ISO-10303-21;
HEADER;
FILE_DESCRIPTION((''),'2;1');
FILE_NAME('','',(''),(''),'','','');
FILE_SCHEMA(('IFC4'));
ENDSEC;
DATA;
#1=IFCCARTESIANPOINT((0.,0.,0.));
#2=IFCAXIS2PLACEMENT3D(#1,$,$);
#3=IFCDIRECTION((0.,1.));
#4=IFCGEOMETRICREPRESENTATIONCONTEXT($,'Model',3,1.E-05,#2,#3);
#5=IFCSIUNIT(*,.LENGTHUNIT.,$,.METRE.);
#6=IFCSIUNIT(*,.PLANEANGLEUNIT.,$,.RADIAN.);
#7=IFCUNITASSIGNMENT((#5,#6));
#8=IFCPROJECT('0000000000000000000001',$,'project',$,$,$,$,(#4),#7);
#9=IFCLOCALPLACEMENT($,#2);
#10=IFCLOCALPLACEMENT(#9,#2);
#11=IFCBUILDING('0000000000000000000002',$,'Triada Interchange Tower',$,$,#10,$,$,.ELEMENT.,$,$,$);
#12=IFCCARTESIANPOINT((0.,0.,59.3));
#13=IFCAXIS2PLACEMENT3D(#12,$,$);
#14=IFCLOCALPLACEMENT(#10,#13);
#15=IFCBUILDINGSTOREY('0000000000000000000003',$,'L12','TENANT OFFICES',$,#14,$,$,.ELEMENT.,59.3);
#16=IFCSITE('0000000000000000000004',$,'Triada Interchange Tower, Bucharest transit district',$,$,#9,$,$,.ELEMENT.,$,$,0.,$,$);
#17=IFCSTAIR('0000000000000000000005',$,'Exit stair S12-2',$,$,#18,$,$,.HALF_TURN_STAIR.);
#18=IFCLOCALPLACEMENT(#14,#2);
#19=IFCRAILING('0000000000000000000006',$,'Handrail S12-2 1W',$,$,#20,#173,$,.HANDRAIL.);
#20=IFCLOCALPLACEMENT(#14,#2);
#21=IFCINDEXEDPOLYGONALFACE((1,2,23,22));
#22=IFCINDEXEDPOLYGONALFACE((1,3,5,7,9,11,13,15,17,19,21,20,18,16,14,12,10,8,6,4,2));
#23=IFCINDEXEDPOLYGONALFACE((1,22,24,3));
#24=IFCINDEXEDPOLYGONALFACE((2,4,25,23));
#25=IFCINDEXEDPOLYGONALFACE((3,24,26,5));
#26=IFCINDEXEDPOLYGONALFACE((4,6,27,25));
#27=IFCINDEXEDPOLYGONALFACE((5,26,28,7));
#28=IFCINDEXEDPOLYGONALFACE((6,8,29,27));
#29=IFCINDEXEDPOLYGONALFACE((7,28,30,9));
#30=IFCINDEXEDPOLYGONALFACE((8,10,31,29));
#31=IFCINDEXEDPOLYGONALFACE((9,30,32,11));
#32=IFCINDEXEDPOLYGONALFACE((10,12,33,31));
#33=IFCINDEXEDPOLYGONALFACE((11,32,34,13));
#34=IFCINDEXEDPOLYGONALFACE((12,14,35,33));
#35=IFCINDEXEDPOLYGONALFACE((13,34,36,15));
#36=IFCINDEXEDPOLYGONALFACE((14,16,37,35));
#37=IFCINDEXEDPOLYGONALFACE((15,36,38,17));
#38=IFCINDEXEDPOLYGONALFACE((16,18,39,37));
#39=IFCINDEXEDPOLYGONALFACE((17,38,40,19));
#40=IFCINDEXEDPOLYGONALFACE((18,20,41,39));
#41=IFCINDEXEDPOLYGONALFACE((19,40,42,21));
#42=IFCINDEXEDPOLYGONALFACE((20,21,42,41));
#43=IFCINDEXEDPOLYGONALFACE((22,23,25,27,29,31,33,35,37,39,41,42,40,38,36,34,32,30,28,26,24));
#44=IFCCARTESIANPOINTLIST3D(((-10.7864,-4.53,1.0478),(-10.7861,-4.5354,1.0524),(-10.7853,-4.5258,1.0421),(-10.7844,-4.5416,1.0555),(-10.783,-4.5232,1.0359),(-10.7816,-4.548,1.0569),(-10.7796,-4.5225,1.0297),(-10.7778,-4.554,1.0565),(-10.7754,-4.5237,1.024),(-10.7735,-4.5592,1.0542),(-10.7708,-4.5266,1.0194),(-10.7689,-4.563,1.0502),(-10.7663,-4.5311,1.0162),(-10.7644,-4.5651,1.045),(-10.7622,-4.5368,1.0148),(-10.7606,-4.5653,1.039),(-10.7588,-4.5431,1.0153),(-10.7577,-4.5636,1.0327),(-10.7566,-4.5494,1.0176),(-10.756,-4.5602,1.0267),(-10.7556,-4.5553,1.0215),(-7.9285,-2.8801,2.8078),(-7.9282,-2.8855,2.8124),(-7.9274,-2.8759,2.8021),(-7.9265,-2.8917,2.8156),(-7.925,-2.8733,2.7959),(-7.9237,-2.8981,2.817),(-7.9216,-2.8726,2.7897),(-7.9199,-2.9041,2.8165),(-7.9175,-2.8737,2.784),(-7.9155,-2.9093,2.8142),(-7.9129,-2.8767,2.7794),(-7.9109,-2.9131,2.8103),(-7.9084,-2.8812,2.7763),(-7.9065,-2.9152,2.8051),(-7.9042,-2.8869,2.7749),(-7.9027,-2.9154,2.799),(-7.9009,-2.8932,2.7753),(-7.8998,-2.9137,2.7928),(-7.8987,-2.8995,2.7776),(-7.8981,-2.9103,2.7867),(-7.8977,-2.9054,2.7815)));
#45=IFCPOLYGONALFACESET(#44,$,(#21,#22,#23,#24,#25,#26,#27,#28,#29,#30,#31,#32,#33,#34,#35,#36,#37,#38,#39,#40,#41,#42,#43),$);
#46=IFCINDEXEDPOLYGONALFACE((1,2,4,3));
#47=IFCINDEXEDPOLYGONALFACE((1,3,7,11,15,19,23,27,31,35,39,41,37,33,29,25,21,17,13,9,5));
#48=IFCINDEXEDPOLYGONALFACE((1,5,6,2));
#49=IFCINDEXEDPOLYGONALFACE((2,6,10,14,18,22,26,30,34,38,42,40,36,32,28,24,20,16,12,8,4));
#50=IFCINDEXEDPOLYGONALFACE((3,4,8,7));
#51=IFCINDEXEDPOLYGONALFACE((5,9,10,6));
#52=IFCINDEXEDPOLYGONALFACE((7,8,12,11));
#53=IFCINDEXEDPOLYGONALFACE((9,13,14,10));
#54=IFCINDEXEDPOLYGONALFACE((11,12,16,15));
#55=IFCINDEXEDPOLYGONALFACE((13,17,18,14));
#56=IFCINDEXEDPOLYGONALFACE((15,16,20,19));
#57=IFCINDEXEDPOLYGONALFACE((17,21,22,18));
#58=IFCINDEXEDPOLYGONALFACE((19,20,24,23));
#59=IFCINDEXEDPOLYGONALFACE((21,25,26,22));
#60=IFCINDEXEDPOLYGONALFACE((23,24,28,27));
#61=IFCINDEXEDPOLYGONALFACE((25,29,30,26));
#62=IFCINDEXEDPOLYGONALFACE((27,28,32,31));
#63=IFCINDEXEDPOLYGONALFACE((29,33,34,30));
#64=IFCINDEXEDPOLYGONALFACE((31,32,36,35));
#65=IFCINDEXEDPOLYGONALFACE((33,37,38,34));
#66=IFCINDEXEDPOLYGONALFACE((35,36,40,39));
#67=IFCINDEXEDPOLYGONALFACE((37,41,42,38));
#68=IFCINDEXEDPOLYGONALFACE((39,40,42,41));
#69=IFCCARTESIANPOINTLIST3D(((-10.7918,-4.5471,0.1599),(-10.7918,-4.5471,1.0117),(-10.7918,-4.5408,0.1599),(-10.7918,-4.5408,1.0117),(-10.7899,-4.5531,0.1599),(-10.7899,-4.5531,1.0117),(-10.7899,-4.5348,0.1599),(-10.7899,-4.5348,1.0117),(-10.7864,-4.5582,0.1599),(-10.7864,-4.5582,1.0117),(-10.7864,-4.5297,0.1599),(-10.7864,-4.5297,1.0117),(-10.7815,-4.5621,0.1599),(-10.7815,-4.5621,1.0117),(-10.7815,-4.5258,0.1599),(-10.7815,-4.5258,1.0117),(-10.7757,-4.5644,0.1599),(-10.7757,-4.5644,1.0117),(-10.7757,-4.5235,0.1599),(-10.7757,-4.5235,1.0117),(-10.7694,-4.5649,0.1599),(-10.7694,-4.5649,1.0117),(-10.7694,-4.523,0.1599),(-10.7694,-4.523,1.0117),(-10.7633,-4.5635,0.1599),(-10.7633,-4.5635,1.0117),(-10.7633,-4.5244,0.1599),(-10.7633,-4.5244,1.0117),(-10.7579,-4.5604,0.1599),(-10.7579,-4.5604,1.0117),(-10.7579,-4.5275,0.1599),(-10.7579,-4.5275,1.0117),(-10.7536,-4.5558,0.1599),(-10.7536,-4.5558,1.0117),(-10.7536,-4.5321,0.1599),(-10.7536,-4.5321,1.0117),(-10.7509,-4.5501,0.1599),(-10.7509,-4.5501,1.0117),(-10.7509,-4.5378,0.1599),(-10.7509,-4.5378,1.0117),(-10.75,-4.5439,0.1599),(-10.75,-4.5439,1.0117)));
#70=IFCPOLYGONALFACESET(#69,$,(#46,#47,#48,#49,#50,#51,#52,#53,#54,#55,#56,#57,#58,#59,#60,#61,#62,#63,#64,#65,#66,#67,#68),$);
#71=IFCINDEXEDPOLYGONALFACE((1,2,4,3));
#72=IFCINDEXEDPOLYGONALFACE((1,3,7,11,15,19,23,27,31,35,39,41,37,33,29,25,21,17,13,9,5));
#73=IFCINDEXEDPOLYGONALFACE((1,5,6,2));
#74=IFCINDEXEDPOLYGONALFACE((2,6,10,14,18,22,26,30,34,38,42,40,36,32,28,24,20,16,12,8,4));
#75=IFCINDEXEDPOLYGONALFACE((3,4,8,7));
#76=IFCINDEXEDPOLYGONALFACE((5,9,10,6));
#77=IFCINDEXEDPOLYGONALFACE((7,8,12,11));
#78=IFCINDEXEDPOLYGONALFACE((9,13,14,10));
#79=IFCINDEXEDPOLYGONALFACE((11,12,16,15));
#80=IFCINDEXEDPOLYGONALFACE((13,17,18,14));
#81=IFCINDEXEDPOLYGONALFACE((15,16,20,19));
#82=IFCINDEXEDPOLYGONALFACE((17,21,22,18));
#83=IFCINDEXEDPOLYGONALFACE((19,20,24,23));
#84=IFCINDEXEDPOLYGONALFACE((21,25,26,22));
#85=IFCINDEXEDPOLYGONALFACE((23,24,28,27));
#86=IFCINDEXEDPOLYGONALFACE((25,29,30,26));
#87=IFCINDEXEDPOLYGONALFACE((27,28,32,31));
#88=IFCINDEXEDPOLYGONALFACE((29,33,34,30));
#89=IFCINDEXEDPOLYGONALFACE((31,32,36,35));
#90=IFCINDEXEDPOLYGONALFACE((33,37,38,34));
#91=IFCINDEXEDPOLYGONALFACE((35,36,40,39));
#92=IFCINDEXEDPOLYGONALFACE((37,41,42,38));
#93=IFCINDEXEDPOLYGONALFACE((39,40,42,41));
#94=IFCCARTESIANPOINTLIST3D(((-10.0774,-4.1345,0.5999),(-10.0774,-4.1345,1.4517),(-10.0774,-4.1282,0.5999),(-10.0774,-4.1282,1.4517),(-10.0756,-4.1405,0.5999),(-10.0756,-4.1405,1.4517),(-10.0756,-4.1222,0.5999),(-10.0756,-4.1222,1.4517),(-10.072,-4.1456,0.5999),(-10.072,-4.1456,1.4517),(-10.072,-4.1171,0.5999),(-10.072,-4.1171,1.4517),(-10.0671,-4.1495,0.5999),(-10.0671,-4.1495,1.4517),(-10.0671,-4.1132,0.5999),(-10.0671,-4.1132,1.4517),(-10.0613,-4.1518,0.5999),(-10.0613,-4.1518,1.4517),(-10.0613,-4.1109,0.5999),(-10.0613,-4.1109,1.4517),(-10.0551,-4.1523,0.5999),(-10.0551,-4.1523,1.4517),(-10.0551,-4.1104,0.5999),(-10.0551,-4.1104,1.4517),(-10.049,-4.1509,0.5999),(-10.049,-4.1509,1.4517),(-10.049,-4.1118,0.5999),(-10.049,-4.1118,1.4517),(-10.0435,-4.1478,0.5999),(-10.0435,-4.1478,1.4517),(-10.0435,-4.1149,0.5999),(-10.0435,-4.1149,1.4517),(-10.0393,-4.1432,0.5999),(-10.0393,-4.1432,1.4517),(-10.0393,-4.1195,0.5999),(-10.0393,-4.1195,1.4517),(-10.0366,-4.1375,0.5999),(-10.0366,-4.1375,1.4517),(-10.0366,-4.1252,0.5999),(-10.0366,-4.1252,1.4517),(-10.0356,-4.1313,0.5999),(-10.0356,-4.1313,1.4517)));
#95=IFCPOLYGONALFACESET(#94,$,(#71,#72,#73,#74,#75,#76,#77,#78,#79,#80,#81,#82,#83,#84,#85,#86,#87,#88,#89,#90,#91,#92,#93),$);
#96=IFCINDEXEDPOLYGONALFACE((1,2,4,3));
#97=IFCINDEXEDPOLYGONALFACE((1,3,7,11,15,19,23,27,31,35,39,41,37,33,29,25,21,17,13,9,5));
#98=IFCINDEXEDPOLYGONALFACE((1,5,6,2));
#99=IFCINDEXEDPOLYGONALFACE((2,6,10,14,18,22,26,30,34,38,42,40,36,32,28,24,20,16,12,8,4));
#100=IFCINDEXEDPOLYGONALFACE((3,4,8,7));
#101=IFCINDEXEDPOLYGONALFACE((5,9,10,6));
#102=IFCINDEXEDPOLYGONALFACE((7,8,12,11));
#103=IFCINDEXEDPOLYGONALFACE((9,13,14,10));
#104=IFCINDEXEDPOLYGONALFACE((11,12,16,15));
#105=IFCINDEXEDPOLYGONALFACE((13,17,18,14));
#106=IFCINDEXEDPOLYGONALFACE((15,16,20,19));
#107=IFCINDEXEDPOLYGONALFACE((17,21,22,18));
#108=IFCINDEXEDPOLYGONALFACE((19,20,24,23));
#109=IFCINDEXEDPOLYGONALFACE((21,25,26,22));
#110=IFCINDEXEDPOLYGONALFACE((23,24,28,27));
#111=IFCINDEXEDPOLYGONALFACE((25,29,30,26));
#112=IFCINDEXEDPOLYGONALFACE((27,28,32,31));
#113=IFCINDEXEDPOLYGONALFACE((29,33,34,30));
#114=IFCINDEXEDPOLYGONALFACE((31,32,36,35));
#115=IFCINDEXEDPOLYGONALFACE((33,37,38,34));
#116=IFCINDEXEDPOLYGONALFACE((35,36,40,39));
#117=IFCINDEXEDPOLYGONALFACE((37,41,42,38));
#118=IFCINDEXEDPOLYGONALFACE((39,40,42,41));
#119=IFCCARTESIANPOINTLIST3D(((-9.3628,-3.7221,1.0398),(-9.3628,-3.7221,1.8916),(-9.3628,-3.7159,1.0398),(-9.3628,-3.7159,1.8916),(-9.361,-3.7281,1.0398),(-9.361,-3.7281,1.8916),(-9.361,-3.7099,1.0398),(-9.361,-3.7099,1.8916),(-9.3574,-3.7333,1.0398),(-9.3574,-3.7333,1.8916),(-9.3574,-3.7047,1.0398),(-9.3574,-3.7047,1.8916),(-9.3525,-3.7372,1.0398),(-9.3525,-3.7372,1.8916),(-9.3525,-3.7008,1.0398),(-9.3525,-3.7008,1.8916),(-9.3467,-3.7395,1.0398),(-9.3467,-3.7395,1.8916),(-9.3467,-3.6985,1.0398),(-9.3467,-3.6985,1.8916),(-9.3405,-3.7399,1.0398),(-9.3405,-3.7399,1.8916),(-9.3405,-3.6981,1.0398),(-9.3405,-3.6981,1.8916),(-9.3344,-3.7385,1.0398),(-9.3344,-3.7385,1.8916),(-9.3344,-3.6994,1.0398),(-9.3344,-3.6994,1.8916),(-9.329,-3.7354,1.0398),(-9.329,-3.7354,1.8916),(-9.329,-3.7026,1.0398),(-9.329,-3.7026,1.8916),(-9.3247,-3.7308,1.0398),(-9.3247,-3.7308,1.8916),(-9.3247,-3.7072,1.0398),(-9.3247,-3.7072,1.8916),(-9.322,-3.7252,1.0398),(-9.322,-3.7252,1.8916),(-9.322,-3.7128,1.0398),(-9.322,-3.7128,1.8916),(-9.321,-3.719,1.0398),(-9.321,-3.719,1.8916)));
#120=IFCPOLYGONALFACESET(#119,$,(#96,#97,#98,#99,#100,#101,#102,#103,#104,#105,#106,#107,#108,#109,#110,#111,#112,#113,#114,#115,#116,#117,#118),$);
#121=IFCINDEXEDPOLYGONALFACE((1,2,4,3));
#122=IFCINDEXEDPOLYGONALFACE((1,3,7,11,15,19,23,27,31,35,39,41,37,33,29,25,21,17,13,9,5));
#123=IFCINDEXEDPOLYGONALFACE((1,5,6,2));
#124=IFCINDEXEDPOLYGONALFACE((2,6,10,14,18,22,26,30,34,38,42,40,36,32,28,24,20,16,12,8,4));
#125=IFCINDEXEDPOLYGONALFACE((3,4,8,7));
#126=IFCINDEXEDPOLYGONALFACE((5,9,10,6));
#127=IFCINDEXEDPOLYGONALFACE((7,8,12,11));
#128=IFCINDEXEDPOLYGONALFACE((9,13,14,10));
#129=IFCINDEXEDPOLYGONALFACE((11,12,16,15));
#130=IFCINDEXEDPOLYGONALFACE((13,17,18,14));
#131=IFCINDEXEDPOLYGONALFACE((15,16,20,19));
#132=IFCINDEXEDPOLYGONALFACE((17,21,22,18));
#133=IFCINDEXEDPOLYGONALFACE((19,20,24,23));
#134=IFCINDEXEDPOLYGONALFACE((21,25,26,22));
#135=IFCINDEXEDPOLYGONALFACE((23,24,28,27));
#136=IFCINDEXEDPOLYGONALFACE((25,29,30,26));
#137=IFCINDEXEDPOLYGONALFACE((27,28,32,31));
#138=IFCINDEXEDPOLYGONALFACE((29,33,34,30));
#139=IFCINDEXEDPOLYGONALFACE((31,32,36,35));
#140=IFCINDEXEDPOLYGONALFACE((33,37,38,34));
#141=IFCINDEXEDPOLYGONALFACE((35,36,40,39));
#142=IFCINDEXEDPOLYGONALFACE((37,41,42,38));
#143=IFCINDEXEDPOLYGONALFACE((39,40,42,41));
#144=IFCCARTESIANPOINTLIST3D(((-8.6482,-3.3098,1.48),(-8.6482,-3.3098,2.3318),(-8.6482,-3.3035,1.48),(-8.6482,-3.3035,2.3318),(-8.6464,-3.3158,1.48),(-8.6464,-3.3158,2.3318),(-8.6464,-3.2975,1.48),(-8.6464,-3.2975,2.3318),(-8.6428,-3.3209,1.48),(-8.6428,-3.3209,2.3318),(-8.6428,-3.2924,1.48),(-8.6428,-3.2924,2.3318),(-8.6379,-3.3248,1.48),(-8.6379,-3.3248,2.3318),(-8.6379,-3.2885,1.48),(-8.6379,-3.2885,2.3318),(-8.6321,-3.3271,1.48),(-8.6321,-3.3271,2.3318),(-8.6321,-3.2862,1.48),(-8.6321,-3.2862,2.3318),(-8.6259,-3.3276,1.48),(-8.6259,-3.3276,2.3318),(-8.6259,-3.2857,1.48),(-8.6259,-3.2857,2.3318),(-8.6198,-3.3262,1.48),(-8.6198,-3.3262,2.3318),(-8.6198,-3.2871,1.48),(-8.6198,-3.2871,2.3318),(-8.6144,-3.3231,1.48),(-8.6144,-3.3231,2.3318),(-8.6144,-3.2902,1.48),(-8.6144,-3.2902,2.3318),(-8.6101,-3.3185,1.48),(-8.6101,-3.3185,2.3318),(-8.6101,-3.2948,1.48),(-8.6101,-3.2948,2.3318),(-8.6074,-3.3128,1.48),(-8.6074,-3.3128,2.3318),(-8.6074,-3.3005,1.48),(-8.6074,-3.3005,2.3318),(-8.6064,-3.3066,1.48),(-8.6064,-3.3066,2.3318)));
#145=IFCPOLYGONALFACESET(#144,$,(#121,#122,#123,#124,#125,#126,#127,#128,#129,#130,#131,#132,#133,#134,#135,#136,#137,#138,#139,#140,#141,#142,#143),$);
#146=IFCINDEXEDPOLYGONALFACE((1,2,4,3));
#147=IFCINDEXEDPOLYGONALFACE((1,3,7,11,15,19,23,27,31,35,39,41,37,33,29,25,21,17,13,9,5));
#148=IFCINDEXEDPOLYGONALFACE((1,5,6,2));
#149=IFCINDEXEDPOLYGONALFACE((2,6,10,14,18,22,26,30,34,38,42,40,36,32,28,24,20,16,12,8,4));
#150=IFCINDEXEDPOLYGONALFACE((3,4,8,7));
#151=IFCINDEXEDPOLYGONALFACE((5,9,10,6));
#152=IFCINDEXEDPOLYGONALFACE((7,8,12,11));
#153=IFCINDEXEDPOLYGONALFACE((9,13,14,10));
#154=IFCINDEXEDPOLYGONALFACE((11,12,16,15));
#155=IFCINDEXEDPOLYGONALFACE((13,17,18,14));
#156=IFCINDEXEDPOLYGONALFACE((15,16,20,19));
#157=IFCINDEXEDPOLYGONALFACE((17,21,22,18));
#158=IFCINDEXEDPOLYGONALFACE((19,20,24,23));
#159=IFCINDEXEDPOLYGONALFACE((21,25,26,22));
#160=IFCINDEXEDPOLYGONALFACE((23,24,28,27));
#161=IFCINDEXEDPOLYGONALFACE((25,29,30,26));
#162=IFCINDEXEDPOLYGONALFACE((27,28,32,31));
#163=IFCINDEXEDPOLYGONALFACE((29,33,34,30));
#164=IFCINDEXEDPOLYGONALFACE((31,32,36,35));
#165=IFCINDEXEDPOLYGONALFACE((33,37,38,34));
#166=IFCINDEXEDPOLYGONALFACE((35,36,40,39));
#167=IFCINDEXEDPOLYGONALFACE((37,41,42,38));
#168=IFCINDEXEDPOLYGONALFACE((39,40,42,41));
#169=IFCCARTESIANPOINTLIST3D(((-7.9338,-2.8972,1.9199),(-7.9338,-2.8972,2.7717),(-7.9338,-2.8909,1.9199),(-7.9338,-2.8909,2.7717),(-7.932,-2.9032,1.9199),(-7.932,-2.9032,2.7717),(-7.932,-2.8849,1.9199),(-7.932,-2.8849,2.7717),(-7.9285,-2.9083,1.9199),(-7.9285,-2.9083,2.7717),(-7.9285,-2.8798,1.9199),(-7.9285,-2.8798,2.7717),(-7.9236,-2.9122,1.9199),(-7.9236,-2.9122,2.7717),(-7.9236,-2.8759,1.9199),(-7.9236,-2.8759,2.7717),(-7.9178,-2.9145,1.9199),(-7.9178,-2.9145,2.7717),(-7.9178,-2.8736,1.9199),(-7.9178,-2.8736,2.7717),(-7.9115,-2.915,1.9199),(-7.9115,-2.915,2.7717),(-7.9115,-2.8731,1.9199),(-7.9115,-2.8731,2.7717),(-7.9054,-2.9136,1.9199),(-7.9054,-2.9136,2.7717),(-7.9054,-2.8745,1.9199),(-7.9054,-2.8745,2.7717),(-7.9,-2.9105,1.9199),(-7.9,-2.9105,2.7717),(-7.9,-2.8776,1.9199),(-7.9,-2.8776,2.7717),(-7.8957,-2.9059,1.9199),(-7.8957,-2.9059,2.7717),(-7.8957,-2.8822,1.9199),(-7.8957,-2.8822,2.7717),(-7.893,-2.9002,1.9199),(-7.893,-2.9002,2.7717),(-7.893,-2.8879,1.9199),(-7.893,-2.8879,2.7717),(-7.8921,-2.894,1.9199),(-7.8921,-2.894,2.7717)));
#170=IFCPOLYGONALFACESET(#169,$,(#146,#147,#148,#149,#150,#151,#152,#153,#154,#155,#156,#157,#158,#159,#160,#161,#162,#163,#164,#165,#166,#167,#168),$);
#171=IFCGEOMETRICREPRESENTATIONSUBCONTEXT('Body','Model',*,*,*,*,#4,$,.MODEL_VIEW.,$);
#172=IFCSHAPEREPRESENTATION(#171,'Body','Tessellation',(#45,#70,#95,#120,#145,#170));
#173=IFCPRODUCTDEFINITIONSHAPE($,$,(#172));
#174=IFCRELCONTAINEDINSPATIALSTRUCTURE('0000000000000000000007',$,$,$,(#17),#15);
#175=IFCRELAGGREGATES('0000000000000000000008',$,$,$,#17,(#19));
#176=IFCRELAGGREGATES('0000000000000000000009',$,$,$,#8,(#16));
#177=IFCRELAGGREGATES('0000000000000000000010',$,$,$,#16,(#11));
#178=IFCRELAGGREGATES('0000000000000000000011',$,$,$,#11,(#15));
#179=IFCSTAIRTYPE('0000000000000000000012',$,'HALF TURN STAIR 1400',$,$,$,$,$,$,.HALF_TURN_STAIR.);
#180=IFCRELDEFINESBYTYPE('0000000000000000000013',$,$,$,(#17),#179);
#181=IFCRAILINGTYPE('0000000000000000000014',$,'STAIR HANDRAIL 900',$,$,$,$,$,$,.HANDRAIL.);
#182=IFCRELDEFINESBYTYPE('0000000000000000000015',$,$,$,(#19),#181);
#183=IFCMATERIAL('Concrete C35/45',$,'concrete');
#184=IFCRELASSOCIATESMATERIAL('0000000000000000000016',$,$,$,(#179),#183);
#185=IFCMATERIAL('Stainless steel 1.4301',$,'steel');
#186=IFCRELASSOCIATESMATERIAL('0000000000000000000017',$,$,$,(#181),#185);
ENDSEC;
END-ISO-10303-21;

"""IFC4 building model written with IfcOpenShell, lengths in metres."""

from ifc_helpers import new_model, si_unit, direction, frame, origin, origin_2d, place, context, subcontext, project, spatial, circle, extrude, material, type_object, element, aggregate, save


model = new_model("IFC4")

# Units and contexts
model_context = context("Model", 3, precision=1e-05, world=origin(), true_north=direction((0.0, 1.0)))
body_context = subcontext(model_context, "Body", "Model", "MODEL_VIEW")
ifc_project = project(units=[si_unit("LENGTHUNIT", "METRE"), si_unit("PLANEANGLEUNIT", "RADIAN")], contexts=[model_context])

# Site, building, storey
site_placement = place(None, origin())
site = spatial("IfcSite", under=ifc_project, at=site_placement, Name="Triada Interchange Tower, Bucharest transit district", CompositionType="ELEMENT", RefElevation=0.0)
building_placement = place(site_placement, origin())
building = spatial("IfcBuilding", under=site, at=building_placement, Name="Triada Interchange Tower", CompositionType="ELEMENT")
storey_placement = place(building_placement, frame((0.0, 0.0, 59.3)))
storey = spatial("IfcBuildingStorey", under=building, at=storey_placement, Name="L12", Description="TENANT OFFICES", CompositionType="ELEMENT", Elevation=59.3)

# Stair, railing
ifc_material_1 = material(Name="Concrete C35/45", Category="concrete")
stair_type = type_object("IfcStairType", Name="HALF TURN STAIR 1400", PredefinedType="HALF_TURN_STAIR", material=ifc_material_1)
stair_placement = place(storey_placement, origin())
stair = element("IfcStair", 1, at=stair_placement, inside=storey, type_object=stair_type, Name="Exit stair S12-2", PredefinedType="HALF_TURN_STAIR")
ifc_material_2 = material(Name="Stainless steel 1.4301", Category="steel")
railing_type = type_object("IfcRailingType", Name="STAIR HANDRAIL 900", PredefinedType="HANDRAIL", material=ifc_material_2)
railing_1_placement = place(storey_placement, frame((-10.771, -4.5439, 0.1599)))
railing_1 = element("IfcRailing", 2, at=railing_1_placement, type_object=railing_type, Name="Handrail S12-2 1W", PredefinedType="HANDRAIL", context=body_context, shape_type="SweptSolid", body=[
    extrude(circle(Radius=0.0239, at=origin_2d()), frame((0.0, 0.0, 0.876), z_axis=(0.764151, 0.441153, 0.470593), x_axis=(-0.499974, 0.86604, 0.0)), (0.0, 0.0, 1.0), 3.74),
    extrude(circle(Radius=0.021, at=origin_2d()), origin(), (0.0, 0.0, 1.0), 0.8518),
    extrude(circle(Radius=0.021, at=origin_2d()), frame((0.7144, 0.4126, 0.4399)), (0.0, 0.0, 1.0), 0.8518),
    extrude(circle(Radius=0.021, at=origin_2d()), frame((1.429, 0.825, 0.8799)), (0.0, 0.0, 1.0), 0.8518),
    extrude(circle(Radius=0.021, at=origin_2d()), frame((2.1436, 1.2373, 1.3201)), (0.0, 0.0, 1.0), 0.8518),
    extrude(circle(Radius=0.021, at=origin_2d()), frame((2.8579, 1.6499, 1.76)), (0.0, 0.0, 1.0), 0.8518),
])
aggregate(stair, [railing_1])

save(model, "model.ifc")
